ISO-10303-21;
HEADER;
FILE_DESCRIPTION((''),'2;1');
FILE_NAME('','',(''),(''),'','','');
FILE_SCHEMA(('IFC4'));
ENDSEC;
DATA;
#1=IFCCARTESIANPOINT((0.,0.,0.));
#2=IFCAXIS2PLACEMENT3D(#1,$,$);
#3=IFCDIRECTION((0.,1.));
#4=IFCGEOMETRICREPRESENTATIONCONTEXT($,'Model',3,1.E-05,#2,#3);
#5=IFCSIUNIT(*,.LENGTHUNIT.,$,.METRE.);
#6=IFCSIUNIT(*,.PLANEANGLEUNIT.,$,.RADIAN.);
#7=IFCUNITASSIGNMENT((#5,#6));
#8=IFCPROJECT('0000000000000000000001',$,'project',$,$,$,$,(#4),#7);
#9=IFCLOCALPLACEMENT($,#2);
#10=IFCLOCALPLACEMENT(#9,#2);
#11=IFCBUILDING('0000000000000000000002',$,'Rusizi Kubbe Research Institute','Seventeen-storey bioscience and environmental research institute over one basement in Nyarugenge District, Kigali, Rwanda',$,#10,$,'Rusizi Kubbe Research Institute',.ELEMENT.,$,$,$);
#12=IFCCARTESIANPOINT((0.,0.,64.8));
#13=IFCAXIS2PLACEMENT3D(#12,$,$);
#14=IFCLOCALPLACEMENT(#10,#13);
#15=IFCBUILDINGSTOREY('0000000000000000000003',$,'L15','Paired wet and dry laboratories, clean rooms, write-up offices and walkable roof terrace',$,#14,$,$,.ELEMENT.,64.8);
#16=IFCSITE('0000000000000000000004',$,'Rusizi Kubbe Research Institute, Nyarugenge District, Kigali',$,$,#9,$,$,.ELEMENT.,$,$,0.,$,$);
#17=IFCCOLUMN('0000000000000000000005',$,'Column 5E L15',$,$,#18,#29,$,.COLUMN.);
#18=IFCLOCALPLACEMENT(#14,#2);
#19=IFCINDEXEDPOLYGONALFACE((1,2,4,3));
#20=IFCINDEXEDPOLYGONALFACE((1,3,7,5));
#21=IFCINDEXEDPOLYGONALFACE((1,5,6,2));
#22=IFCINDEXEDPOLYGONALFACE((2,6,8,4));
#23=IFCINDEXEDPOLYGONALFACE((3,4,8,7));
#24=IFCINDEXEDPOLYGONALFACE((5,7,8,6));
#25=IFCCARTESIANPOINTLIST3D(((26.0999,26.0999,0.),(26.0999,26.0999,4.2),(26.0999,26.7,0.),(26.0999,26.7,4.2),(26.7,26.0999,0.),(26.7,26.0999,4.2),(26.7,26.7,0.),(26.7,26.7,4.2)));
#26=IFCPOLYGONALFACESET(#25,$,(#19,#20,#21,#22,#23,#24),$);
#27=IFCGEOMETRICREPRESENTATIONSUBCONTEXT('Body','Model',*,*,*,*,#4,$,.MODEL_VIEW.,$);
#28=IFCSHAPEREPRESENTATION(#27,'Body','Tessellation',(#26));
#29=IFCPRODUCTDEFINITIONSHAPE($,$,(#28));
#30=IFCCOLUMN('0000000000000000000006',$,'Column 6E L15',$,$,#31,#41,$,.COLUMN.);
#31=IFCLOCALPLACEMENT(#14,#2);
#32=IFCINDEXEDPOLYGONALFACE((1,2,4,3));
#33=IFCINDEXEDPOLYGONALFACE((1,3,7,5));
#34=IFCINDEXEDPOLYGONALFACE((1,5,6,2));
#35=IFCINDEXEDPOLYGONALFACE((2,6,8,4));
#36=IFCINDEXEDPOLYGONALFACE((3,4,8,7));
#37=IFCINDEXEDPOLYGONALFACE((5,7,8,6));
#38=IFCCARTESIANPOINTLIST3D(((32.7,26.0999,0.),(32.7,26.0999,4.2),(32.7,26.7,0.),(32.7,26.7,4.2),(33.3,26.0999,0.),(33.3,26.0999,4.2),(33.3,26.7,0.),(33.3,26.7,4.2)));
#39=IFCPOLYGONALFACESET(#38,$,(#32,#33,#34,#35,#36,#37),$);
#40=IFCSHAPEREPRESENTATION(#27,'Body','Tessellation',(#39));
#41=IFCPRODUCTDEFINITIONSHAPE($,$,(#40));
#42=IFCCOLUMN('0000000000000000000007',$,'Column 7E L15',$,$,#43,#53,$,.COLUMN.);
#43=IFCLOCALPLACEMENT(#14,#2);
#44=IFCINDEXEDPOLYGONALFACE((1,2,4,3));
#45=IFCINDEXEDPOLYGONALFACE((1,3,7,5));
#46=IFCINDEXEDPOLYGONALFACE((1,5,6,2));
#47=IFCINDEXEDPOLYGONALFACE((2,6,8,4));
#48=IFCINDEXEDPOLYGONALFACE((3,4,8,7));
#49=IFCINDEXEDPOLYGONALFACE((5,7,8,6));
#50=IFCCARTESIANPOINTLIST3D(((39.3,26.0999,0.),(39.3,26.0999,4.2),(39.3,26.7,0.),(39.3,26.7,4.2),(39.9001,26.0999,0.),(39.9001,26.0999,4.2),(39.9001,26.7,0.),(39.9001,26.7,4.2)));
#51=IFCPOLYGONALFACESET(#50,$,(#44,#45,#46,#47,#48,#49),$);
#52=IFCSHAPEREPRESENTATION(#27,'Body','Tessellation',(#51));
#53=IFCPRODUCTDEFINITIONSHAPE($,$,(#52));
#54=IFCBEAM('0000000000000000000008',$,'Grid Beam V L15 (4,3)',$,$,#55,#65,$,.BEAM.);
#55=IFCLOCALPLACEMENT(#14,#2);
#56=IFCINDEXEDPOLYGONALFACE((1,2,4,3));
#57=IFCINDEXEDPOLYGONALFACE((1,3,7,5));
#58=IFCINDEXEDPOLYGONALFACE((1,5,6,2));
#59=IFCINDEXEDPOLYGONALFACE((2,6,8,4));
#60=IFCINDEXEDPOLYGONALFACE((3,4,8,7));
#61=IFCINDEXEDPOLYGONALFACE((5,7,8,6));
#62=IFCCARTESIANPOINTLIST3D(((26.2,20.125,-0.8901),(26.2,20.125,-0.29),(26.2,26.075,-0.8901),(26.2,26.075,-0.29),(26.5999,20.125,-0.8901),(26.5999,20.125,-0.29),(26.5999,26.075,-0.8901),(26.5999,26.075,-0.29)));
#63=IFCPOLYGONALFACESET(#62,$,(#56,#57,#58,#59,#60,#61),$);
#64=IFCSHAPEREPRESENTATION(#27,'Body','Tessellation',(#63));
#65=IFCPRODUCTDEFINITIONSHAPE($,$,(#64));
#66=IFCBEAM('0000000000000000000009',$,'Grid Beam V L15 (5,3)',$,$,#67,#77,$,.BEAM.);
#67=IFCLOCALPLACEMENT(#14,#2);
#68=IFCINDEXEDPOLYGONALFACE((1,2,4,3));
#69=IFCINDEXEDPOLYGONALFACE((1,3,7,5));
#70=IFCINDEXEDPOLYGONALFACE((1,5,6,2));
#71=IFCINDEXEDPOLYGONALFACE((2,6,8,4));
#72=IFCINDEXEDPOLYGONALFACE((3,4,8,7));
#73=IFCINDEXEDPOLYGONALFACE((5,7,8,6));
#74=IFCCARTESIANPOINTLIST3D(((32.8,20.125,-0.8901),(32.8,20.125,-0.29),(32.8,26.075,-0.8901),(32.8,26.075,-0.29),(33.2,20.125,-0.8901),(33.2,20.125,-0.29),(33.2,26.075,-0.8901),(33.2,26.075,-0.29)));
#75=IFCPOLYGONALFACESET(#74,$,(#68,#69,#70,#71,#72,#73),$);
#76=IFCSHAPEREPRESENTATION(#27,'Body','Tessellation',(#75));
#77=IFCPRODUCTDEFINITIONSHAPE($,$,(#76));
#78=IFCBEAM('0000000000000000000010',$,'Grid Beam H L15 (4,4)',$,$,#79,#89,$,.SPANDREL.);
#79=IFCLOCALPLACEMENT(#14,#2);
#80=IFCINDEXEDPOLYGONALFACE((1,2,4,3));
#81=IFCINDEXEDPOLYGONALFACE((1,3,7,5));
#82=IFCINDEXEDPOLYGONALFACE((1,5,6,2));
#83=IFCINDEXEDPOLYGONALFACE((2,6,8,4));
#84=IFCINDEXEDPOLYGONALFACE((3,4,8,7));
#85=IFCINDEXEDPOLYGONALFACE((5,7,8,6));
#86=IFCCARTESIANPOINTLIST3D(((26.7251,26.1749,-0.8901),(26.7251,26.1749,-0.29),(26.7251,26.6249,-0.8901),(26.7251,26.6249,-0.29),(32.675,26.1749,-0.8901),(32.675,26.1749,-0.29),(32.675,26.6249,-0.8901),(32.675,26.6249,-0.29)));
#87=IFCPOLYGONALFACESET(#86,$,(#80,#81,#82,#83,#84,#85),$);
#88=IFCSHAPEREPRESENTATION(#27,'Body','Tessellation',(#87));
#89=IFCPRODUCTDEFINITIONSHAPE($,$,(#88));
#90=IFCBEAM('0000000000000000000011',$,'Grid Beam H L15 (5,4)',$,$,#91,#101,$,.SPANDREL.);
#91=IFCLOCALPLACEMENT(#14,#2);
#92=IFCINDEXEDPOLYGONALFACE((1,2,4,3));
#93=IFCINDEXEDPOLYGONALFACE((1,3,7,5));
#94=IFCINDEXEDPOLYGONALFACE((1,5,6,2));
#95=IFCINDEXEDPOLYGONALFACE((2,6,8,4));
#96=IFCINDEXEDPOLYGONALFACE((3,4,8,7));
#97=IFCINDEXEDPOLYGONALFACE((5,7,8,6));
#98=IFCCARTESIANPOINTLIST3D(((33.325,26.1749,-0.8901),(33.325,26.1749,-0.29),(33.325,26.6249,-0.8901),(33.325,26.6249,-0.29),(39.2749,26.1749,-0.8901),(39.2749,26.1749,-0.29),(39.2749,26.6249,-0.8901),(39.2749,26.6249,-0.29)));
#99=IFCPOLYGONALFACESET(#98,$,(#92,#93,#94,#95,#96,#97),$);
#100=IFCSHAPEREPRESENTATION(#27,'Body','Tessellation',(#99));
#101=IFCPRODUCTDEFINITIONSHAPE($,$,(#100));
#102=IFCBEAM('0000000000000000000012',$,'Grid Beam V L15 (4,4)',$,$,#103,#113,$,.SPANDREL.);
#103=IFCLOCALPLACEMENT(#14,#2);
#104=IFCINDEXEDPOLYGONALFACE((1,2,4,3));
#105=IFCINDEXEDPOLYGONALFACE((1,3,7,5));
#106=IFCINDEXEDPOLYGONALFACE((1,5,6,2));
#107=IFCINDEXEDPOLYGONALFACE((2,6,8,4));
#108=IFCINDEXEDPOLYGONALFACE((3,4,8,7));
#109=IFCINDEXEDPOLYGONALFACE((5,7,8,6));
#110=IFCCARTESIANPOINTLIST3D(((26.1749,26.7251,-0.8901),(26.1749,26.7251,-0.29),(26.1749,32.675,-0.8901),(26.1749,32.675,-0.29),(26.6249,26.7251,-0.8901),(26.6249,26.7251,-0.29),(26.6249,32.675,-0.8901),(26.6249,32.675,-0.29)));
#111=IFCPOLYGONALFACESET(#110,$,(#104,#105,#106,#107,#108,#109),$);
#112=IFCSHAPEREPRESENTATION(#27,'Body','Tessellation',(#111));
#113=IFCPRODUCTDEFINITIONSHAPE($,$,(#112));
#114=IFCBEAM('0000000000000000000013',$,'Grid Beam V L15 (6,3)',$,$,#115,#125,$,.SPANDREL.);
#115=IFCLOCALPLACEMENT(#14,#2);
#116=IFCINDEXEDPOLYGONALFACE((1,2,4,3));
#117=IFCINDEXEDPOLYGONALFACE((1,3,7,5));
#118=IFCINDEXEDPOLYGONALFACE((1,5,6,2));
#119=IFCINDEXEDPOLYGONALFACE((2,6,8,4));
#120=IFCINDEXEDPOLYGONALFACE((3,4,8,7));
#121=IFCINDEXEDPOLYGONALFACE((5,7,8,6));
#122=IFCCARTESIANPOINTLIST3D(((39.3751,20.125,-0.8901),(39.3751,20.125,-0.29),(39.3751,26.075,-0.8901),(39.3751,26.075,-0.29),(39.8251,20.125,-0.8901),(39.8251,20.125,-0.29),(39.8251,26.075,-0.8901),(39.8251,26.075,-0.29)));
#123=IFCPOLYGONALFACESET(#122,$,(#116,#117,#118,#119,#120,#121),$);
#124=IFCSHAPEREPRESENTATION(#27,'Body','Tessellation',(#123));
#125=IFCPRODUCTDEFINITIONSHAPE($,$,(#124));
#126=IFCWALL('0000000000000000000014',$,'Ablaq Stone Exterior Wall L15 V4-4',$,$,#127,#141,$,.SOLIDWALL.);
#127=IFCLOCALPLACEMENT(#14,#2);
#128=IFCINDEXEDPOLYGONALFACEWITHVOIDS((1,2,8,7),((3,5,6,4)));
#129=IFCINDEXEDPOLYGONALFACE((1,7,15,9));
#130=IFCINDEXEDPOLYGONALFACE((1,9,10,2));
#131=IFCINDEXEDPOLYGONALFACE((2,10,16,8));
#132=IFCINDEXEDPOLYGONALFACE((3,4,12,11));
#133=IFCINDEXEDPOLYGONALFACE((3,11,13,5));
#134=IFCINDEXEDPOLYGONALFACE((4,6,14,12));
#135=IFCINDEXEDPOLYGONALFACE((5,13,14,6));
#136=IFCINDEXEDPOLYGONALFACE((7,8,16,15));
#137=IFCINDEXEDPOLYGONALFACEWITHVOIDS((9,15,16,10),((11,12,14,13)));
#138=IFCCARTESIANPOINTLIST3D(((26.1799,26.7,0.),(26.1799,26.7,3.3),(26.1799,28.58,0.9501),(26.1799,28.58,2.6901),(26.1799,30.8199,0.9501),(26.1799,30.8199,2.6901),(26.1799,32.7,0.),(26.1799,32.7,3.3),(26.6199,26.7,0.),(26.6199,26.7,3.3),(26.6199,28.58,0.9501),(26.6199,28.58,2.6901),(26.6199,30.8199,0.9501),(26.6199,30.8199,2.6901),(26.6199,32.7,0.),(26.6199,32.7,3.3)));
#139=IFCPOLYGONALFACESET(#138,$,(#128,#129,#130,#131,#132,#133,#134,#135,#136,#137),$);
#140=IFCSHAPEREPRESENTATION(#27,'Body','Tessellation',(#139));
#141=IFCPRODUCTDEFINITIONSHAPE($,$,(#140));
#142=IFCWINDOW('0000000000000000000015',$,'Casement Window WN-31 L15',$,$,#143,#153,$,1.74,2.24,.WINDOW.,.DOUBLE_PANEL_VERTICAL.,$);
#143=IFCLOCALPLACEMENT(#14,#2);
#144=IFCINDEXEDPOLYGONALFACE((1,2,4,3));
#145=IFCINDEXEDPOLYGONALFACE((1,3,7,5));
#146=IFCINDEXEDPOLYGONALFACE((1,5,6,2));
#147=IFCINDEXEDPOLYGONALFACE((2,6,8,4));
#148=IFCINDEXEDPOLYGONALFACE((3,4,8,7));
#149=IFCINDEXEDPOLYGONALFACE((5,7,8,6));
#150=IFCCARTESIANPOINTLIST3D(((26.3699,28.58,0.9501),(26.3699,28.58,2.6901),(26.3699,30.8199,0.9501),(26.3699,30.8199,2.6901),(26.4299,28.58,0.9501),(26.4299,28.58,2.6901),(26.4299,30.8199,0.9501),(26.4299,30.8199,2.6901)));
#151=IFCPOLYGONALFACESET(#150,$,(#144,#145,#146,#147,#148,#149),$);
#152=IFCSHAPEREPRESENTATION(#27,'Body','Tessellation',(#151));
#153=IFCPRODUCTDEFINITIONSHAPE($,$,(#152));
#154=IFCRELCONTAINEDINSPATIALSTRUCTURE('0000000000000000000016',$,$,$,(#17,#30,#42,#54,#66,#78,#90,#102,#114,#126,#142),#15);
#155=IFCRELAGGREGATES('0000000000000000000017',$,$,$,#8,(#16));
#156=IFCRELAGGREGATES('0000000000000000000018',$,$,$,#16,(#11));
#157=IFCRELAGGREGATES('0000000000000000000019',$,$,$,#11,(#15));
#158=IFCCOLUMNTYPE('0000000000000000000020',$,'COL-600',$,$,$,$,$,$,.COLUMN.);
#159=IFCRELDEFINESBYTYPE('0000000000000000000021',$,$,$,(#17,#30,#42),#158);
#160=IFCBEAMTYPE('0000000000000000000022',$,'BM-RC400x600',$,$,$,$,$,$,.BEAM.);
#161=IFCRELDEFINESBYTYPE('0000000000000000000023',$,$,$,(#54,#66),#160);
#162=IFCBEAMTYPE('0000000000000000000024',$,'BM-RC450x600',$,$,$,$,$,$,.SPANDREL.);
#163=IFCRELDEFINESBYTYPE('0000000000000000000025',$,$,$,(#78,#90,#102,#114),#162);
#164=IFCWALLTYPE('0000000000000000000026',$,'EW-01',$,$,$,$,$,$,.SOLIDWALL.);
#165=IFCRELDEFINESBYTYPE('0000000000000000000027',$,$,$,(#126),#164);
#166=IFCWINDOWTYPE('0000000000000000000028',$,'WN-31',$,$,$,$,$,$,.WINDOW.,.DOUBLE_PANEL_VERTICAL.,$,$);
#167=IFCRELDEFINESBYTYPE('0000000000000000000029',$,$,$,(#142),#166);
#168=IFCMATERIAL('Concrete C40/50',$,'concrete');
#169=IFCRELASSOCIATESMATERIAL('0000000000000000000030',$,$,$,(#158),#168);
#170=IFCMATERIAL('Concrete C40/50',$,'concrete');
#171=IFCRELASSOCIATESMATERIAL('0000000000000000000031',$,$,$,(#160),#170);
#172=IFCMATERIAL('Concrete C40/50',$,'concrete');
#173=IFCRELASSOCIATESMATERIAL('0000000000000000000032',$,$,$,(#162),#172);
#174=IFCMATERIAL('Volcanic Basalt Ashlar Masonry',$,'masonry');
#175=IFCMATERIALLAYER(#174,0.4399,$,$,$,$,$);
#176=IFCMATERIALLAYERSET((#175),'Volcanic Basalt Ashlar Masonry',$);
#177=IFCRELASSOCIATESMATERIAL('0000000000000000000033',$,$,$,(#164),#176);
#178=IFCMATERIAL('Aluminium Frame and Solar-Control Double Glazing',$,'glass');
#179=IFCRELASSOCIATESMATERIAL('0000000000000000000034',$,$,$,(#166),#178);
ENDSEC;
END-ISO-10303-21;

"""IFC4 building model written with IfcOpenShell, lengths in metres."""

from ifc_helpers import new_model, si_unit, direction, frame, frame_2d, origin, origin_2d, place, context, subcontext, project, spatial, rectangle, extrude, material, layer, layer_set, material_profile, profile_set, type_object, element, fill, save


model = new_model("IFC4")

# Units and contexts
model_context = context("Model", 3, precision=1e-05, world=origin(), true_north=direction((0.0, 1.0)))
body_context = subcontext(model_context, "Body", "Model", "MODEL_VIEW")
ifc_project = project(units=[si_unit("LENGTHUNIT", "METRE"), si_unit("PLANEANGLEUNIT", "RADIAN")], contexts=[model_context])

# Site, building, storey
site_placement = place(None, origin())
site = spatial("IfcSite", under=ifc_project, at=site_placement, Name="Rusizi Kubbe Research Institute, Nyarugenge District, Kigali", CompositionType="ELEMENT", RefElevation=0.0)
building_placement = place(site_placement, origin())
building = spatial("IfcBuilding", under=site, at=building_placement, Name="Rusizi Kubbe Research Institute", Description="Seventeen-storey bioscience and environmental research institute over one basement in Nyarugenge District, Kigali, Rwanda", LongName="Rusizi Kubbe Research Institute", CompositionType="ELEMENT")
storey_placement = place(building_placement, frame((0.0, 0.0, 64.8)))
storey = spatial("IfcBuildingStorey", under=building, at=storey_placement, Name="L15", Description="Paired wet and dry laboratories, clean rooms, write-up offices and walkable roof terrace", CompositionType="ELEMENT", Elevation=64.8)

# Columns
ifc_material_1 = material(Name="Concrete C40/50", Category="concrete")
ifc_material_profile_1 = material_profile(ifc_material_1, rectangle(XDim=0.6001, YDim=0.6001, at=origin_2d()), Name="RC600x600")
ifc_profile_set_1 = profile_set([ifc_material_profile_1], Name="Concrete C40/50")
column_type = type_object("IfcColumnType", Name="COL-600", PredefinedType="COLUMN", material=ifc_profile_set_1)
for number, where, z_axis, x_axis, name in (
    (1, (26.3999, 26.3999, 0.0), (0.0, 0.0, 1.0), (1.0, 0.0, 0.0), "Column 5E L15"),
    (2, (33.0, 26.3999, 0.0), (0.0, 0.0, 1.0), (1.0, 0.0, 0.0), "Column 6E L15"),
    (3, (39.6001, 26.3999, 0.0), (0.0, 0.0, 1.0), (1.0, 0.0, 0.0), "Column 7E L15"),
):
    element("IfcColumn", number, at=place(storey_placement, frame(where, z_axis=z_axis, x_axis=x_axis)), inside=storey, type_object=column_type, Name=name, PredefinedType="COLUMN", context=body_context, shape_type="SweptSolid", body=[
        extrude(rectangle(XDim=0.6001, YDim=0.6001, at=origin_2d()), origin(), (0.0, 0.0, 1.0), 4.2),
    ])

# Beams
ifc_material_2 = material(Name="Concrete C40/50", Category="concrete")
ifc_material_profile_2 = material_profile(ifc_material_2, rectangle(XDim=0.3999, YDim=0.6001, at=origin_2d()), Name="RC400x600")
ifc_profile_set_2 = profile_set([ifc_material_profile_2], Name="Concrete C40/50")
beam_type_1 = type_object("IfcBeamType", Name="BM-RC400x600", PredefinedType="BEAM", material=ifc_profile_set_2)
for number, where, z_axis, x_axis, name in (
    (4, (26.3999, 20.125, -0.5901), (0.0, 1.0, 0.0), (-1.0, 0.0, 0.0), "Grid Beam V L15 (4,3)"),
    (5, (33.0, 20.125, -0.5901), (0.0, 1.0, 0.0), (-1.0, 0.0, 0.0), "Grid Beam V L15 (5,3)"),
):
    element("IfcBeam", number, at=place(storey_placement, frame(where, z_axis=z_axis, x_axis=x_axis)), inside=storey, type_object=beam_type_1, Name=name, PredefinedType="BEAM", context=body_context, shape_type="SweptSolid", body=[
        extrude(rectangle(XDim=0.3999, YDim=0.6001, at=origin_2d()), origin(), (0.0, 0.0, 1.0), 5.95),
    ])
ifc_material_3 = material(Name="Concrete C40/50", Category="concrete")
ifc_material_profile_3 = material_profile(ifc_material_3, rectangle(XDim=0.45, YDim=0.6001, at=origin_2d()), Name="RC450x600")
ifc_profile_set_3 = profile_set([ifc_material_profile_3], Name="Concrete C40/50")
beam_type_2 = type_object("IfcBeamType", Name="BM-RC450x600", PredefinedType="SPANDREL", material=ifc_profile_set_3)
for number, where, z_axis, x_axis, name in (
    (6, (26.7251, 26.3999, -0.5901), (1.0, 0.0, 0.0), (0.0, 1.0, 0.0), "Grid Beam H L15 (4,4)"),
    (7, (33.325, 26.3999, -0.5901), (1.0, 0.0, 0.0), (0.0, 1.0, 0.0), "Grid Beam H L15 (5,4)"),
    (8, (26.3999, 26.7251, -0.5901), (0.0, 1.0, 0.0), (-1.0, 0.0, 0.0), "Grid Beam V L15 (4,4)"),
    (9, (39.6001, 20.125, -0.5901), (0.0, 1.0, 0.0), (-1.0, 0.0, 0.0), "Grid Beam V L15 (6,3)"),
):
    element("IfcBeam", number, at=place(storey_placement, frame(where, z_axis=z_axis, x_axis=x_axis)), inside=storey, type_object=beam_type_2, Name=name, PredefinedType="SPANDREL", context=body_context, shape_type="SweptSolid", body=[
        extrude(rectangle(XDim=0.45, YDim=0.6001, at=origin_2d()), origin(), (0.0, 0.0, 1.0), 5.95),
    ])

# Wall, opening, window
ifc_material_4 = material(Name="Volcanic Basalt Ashlar Masonry", Category="masonry")
ifc_layer_1 = layer(ifc_material_4, 0.4399)
ifc_layer_set_1 = layer_set([ifc_layer_1], Name="Volcanic Basalt Ashlar Masonry")
wall_type_1 = type_object("IfcWallType", Name="EW-01", PredefinedType="SOLIDWALL", material=ifc_layer_set_1)
wall_1_placement = place(storey_placement, frame((26.3999, 26.7, 0.0), z_axis=(0.0, 0.0, 1.0), x_axis=(0.0, 1.0, 0.0)))
wall_1 = element("IfcWall", 10, at=wall_1_placement, inside=storey, type_object=wall_type_1, Name="Ablaq Stone Exterior Wall L15 V4-4", PredefinedType="SOLIDWALL", context=body_context, shape_type="SweptSolid", body=[
    extrude(rectangle(XDim=6.0, YDim=0.4399, at=frame_2d((3.0, 0.0))), origin(), (0.0, 0.0, 1.0), 3.3),
])
opening_1_placement = place(wall_1_placement, frame((1.8799, 0.0, 0.95)))
opening_1 = element("IfcOpeningElement", 11, at=opening_1_placement, cuts=wall_1, PredefinedType="OPENING", context=body_context, shape_type="SweptSolid", body=[
    extrude(rectangle(XDim=2.24, YDim=1.74, at=frame_2d((1.1201, 0.8701))), frame((0.0, 0.23, 0.0), z_axis=(0.0, -1.0, 0.0), x_axis=(1.0, 0.0, 0.0)), (0.0, 0.0, 1.0), 0.46),
])
ifc_material_5 = material(Name="Aluminium Frame and Solar-Control Double Glazing", Category="glass")
window_type_1 = type_object("IfcWindowType", Name="WN-31", PartitioningType="DOUBLE_PANEL_VERTICAL", PredefinedType="WINDOW", material=ifc_material_5)
window_1_placement = place(opening_1_placement, origin())
window_1 = element("IfcWindow", 12, at=window_1_placement, inside=storey, type_object=window_type_1, Name="Casement Window WN-31 L15", OverallHeight=1.74, OverallWidth=2.24, PartitioningType="DOUBLE_PANEL_VERTICAL", PredefinedType="WINDOW", context=body_context, shape_type="SweptSolid", body=[
    extrude(rectangle(XDim=2.24, YDim=1.74, at=frame_2d((1.1201, 0.8701))), frame((0.0, 0.03, 0.0), z_axis=(0.0, -1.0, 0.0), x_axis=(1.0, 0.0, 0.0)), (0.0, 0.0, 1.0), 0.0601),
])
fill(opening_1, window_1)

save(model, "model.ifc")
